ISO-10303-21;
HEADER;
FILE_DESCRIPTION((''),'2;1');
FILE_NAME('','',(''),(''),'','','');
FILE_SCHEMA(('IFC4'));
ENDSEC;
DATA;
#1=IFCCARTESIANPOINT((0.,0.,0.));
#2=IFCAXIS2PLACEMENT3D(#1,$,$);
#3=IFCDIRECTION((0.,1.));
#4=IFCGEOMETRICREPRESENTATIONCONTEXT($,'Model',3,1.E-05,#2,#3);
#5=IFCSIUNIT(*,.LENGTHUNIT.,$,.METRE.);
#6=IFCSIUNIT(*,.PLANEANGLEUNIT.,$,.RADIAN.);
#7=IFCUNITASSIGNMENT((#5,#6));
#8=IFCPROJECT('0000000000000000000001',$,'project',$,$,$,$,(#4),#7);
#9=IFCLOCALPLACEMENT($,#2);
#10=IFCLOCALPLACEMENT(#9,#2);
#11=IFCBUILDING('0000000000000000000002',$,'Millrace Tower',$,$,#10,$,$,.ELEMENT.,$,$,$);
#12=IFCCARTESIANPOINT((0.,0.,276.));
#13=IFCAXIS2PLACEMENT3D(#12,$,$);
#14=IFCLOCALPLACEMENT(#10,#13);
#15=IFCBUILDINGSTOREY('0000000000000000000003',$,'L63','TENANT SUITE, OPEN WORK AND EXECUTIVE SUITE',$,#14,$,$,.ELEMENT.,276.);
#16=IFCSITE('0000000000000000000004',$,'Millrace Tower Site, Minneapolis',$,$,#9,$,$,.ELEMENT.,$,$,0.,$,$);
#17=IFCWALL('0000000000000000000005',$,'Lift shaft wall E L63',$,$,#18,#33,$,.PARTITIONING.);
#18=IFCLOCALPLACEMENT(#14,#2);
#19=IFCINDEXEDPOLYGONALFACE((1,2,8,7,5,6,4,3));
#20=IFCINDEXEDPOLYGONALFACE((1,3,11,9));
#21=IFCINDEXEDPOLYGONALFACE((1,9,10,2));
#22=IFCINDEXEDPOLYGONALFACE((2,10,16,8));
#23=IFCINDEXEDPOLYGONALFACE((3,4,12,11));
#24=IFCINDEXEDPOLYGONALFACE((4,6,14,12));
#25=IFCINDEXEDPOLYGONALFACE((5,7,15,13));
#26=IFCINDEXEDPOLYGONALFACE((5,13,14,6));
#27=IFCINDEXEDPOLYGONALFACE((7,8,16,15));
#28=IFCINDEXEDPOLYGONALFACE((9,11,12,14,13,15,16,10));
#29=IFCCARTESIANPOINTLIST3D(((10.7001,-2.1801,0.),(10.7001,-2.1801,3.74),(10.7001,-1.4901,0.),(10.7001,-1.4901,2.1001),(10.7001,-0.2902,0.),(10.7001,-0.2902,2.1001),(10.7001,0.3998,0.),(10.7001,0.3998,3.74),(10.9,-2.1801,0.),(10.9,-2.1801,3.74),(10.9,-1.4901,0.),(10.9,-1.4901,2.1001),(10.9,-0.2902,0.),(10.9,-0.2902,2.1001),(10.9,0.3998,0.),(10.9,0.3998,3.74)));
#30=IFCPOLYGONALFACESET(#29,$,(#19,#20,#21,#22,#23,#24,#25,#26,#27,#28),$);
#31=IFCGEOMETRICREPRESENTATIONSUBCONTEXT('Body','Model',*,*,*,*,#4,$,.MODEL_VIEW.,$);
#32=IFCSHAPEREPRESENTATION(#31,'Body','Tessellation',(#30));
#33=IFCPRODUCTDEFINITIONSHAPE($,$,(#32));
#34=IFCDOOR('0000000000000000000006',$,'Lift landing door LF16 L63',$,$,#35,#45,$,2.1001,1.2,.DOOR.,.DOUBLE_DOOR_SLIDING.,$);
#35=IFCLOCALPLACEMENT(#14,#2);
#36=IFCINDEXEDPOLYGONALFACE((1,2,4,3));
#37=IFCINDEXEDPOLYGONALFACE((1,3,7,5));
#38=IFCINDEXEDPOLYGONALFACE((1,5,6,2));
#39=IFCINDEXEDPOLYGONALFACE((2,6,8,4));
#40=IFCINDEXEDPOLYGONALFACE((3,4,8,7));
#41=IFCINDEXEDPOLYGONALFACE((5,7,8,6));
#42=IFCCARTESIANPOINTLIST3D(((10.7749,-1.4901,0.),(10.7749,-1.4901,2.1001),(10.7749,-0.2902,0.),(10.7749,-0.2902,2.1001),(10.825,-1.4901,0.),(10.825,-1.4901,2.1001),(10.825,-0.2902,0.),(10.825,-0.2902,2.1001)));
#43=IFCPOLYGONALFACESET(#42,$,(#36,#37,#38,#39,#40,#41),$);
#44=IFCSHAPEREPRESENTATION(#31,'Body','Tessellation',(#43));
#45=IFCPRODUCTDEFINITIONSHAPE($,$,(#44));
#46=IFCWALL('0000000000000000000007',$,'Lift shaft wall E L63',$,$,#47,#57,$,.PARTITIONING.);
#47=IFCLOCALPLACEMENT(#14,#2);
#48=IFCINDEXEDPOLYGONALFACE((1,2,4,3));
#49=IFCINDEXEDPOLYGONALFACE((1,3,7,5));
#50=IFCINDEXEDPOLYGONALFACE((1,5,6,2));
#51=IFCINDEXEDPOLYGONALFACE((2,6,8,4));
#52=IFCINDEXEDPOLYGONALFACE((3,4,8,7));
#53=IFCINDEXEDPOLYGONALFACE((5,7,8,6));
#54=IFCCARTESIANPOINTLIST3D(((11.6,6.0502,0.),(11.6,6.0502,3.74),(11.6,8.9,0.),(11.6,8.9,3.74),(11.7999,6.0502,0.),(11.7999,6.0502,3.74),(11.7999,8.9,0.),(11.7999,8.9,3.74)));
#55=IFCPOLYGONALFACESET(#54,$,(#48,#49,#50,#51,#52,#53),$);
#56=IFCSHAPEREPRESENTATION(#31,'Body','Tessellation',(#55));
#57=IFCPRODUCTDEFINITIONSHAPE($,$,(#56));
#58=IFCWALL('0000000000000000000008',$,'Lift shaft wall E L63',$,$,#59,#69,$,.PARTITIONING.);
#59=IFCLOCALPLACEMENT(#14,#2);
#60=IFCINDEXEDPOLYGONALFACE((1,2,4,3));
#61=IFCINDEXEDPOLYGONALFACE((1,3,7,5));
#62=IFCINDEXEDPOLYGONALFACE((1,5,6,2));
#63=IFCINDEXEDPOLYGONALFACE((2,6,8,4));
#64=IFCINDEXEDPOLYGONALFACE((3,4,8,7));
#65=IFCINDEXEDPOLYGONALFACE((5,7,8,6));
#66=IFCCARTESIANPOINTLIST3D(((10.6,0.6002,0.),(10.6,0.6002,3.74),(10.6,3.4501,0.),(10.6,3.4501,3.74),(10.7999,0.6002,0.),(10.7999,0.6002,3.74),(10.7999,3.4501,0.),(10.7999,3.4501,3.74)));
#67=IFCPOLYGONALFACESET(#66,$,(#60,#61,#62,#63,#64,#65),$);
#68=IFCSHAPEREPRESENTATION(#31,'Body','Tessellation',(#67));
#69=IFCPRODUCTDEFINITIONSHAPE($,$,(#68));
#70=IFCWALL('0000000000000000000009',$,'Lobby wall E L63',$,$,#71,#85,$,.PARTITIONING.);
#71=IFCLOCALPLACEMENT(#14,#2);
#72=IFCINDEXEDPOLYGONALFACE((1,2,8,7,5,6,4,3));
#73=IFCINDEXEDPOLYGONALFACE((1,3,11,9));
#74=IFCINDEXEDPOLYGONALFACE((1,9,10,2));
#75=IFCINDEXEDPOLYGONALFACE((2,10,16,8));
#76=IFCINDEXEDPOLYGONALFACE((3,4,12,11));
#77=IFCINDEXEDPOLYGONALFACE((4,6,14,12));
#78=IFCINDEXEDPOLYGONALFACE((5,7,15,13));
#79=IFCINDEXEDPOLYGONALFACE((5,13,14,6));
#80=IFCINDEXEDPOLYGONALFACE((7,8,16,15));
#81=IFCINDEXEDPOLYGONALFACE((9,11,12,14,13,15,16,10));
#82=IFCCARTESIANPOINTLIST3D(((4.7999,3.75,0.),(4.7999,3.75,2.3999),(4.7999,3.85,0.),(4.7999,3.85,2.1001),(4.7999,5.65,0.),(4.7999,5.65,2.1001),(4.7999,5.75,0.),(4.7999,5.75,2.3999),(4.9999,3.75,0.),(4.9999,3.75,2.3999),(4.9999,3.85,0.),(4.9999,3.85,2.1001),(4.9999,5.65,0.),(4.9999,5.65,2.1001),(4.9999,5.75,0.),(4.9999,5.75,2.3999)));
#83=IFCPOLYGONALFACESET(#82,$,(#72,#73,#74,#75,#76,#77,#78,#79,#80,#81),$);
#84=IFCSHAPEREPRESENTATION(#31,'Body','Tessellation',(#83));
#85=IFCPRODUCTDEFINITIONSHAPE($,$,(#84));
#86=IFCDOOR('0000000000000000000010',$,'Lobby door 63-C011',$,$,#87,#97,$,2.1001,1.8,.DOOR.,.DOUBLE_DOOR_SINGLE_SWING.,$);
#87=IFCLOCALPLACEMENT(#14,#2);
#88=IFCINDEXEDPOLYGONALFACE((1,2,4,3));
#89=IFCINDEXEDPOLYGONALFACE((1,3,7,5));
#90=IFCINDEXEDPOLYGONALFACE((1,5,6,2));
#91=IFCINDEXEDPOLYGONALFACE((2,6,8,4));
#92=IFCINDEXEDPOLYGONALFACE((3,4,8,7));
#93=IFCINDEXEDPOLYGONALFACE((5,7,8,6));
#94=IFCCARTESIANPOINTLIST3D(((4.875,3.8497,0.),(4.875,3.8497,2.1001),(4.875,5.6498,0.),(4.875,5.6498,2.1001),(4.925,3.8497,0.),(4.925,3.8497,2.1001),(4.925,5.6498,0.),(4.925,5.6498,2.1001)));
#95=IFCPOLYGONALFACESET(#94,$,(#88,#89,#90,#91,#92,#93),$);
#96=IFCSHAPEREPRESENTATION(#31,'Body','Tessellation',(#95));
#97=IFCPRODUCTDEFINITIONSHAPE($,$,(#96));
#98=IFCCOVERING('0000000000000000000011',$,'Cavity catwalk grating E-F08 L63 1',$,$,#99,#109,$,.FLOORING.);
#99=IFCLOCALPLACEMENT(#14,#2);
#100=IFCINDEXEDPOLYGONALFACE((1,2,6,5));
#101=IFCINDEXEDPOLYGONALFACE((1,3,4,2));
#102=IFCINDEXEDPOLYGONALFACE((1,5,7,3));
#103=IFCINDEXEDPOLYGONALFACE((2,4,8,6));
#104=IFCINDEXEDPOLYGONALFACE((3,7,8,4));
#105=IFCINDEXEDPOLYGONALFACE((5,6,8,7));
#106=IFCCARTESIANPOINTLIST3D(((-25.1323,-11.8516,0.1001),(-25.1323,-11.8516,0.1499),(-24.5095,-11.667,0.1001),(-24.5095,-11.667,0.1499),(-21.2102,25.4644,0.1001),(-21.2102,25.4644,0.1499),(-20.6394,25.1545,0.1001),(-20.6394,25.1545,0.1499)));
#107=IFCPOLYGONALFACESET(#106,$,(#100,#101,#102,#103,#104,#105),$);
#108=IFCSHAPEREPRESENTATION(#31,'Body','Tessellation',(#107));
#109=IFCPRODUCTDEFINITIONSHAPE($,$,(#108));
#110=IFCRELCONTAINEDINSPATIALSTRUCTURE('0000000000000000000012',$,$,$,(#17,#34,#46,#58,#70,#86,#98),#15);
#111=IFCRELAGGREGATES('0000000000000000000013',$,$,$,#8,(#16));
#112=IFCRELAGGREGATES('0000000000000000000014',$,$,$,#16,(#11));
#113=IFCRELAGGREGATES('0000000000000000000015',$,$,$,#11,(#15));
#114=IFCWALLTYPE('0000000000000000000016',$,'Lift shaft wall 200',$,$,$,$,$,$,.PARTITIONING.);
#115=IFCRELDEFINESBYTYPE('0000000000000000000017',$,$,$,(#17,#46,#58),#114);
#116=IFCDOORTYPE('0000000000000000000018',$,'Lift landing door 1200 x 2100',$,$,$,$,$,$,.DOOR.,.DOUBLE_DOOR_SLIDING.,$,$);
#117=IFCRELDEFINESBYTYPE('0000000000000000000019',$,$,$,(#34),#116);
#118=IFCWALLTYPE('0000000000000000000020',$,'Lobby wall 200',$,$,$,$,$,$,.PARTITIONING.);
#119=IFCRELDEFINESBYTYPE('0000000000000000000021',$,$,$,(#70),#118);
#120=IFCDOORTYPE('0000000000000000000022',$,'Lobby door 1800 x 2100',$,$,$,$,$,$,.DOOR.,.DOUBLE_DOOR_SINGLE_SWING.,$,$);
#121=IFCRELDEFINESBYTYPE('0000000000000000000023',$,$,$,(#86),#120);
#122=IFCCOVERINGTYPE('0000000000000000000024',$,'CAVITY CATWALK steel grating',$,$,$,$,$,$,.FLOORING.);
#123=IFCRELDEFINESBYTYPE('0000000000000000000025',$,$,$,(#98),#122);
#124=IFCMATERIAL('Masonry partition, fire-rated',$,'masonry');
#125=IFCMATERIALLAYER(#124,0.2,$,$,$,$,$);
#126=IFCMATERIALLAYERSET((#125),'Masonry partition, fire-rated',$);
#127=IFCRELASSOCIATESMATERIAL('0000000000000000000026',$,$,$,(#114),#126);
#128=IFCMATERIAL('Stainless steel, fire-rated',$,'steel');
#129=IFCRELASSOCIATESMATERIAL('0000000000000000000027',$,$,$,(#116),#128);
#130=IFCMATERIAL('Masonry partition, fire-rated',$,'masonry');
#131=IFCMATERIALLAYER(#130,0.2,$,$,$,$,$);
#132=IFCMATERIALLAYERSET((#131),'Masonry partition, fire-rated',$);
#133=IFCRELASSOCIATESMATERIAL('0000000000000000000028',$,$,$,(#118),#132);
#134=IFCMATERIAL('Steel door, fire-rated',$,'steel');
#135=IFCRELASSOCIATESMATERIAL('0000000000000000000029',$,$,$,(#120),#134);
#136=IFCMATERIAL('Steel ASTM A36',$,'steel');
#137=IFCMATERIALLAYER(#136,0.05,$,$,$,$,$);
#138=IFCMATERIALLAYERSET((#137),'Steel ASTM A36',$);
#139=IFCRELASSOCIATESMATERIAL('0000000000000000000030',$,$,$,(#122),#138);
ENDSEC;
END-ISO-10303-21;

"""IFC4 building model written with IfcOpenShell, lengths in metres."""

from ifc_helpers import new_model, si_unit, direction, frame, frame_2d, origin, place, context, subcontext, project, spatial, polyline, rectangle, outline, extrude, material, layer, layer_set, type_object, element, fill, save


model = new_model("IFC4")

# Units and contexts
model_context = context("Model", 3, precision=1e-05, world=origin(), true_north=direction((0.0, 1.0)))
body_context = subcontext(model_context, "Body", "Model", "MODEL_VIEW")
ifc_project = project(units=[si_unit("LENGTHUNIT", "METRE"), si_unit("PLANEANGLEUNIT", "RADIAN")], contexts=[model_context])

# Site, building, storey
site_placement = place(None, origin())
site = spatial("IfcSite", under=ifc_project, at=site_placement, Name="Millrace Tower Site, Minneapolis", CompositionType="ELEMENT", RefElevation=0.0)
building_placement = place(site_placement, origin())
building = spatial("IfcBuilding", under=site, at=building_placement, Name="Millrace Tower", CompositionType="ELEMENT")
storey_placement = place(building_placement, frame((0.0, 0.0, 276.0)))
storey = spatial("IfcBuildingStorey", under=building, at=storey_placement, Name="L63", Description="TENANT SUITE, OPEN WORK AND EXECUTIVE SUITE", CompositionType="ELEMENT", Elevation=276.0)

# Wall, opening, door
ifc_material_1 = material(Name="Masonry partition, fire-rated", Category="masonry")
ifc_layer_1 = layer(ifc_material_1, 0.2)
ifc_layer_set_1 = layer_set([ifc_layer_1], Name="Masonry partition, fire-rated")
wall_type_1 = type_object("IfcWallType", Name="Lift shaft wall 200", PredefinedType="PARTITIONING", material=ifc_layer_set_1)
wall_1_placement = place(storey_placement, frame((10.8, 0.3999, 0.0), z_axis=(0.0, 0.0, 1.0), x_axis=(0.0, -1.0, 0.0)))
wall_1 = element("IfcWall", 1, at=wall_1_placement, inside=storey, type_object=wall_type_1, Name="Lift shaft wall E L63", PredefinedType="PARTITIONING", context=body_context, shape_type="SweptSolid", body=[
    extrude(rectangle(XDim=2.5798, YDim=0.2, at=frame_2d((1.29, 0.0))), origin(), (0.0, 0.0, 1.0), 3.74),
])
opening_1_placement = place(wall_1_placement, frame((0.6899, 0.0, 0.0)))
opening_1 = element("IfcOpeningElement", 2, at=opening_1_placement, cuts=wall_1, PredefinedType="OPENING", context=body_context, shape_type="SweptSolid", body=[
    extrude(rectangle(XDim=1.2, YDim=2.1001, at=frame_2d((0.6001, 1.05))), frame((0.0, 0.1099, 0.0), z_axis=(0.0, -1.0, 0.0), x_axis=(1.0, 0.0, 0.0)), (0.0, 0.0, 1.0), 0.22),
])
ifc_material_2 = material(Name="Stainless steel, fire-rated", Category="steel")
door_type_1 = type_object("IfcDoorType", Name="Lift landing door 1200 x 2100", OperationType="DOUBLE_DOOR_SLIDING", PredefinedType="DOOR", material=ifc_material_2)
door_1_placement = place(opening_1_placement, origin())
door_1 = element("IfcDoor", 3, at=door_1_placement, inside=storey, type_object=door_type_1, Name="Lift landing door LF16 L63", OperationType="DOUBLE_DOOR_SLIDING", OverallHeight=2.1001, OverallWidth=1.2, PredefinedType="DOOR", context=body_context, shape_type="SweptSolid", body=[
    extrude(rectangle(XDim=1.2, YDim=2.1001, at=frame_2d((0.6001, 1.05))), frame((0.0, 0.0249, 0.0), z_axis=(0.0, -1.0, 0.0), x_axis=(1.0, 0.0, 0.0)), (0.0, 0.0, 1.0), 0.05),
])
fill(opening_1, door_1)

# Walls
for number, where, z_axis, x_axis, name in (
    (4, (11.7, 8.8999, 0.0), (0.0, 0.0, 1.0), (0.0, -1.0, 0.0), "Lift shaft wall E L63"),
    (5, (10.7, 3.45, 0.0), (0.0, 0.0, 1.0), (0.0, -1.0, 0.0), "Lift shaft wall E L63"),
):
    element("IfcWall", number, at=place(storey_placement, frame(where, z_axis=z_axis, x_axis=x_axis)), inside=storey, type_object=wall_type_1, Name=name, PredefinedType="PARTITIONING", context=body_context, shape_type="SweptSolid", body=[
        extrude(rectangle(XDim=2.8499, YDim=0.2, at=frame_2d((1.4248, 0.0))), origin(), (0.0, 0.0, 1.0), 3.74),
    ])

# Wall, opening, door
ifc_material_3 = material(Name="Masonry partition, fire-rated", Category="masonry")
ifc_layer_2 = layer(ifc_material_3, 0.2)
ifc_layer_set_2 = layer_set([ifc_layer_2], Name="Masonry partition, fire-rated")
wall_type_2 = type_object("IfcWallType", Name="Lobby wall 200", PredefinedType="PARTITIONING", material=ifc_layer_set_2)
wall_2_placement = place(storey_placement, frame((4.8999, 5.75, 0.0), z_axis=(0.0, 0.0, 1.0), x_axis=(0.0, -1.0, 0.0)))
wall_2 = element("IfcWall", 6, at=wall_2_placement, inside=storey, type_object=wall_type_2, Name="Lobby wall E L63", PredefinedType="PARTITIONING", context=body_context, shape_type="SweptSolid", body=[
    extrude(rectangle(XDim=2.0, YDim=0.2, at=frame_2d((1.0, 0.0))), origin(), (0.0, 0.0, 1.0), 2.3999),
])
opening_2_placement = place(wall_2_placement, frame((0.1001, 0.0, 0.0)))
opening_2 = element("IfcOpeningElement", 7, at=opening_2_placement, cuts=wall_2, PredefinedType="OPENING", context=body_context, shape_type="SweptSolid", body=[
    extrude(rectangle(XDim=1.8, YDim=2.1001, at=frame_2d((0.8999, 1.05))), frame((0.0, 0.1099, 0.0), z_axis=(0.0, -1.0, 0.0), x_axis=(1.0, 0.0, 0.0)), (0.0, 0.0, 1.0), 0.22),
])
ifc_material_4 = material(Name="Steel door, fire-rated", Category="steel")
door_type_2 = type_object("IfcDoorType", Name="Lobby door 1800 x 2100", OperationType="DOUBLE_DOOR_SINGLE_SWING", PredefinedType="DOOR", material=ifc_material_4)
door_2_placement = place(opening_2_placement, frame((1.8, 0.0, 0.0), z_axis=(0.0, 0.0, 1.0), x_axis=(-1.0, 0.0, 0.0)))
door_2 = element("IfcDoor", 8, at=door_2_placement, inside=storey, type_object=door_type_2, Name="Lobby door 63-C011", OperationType="DOUBLE_DOOR_SINGLE_SWING", OverallHeight=2.1001, OverallWidth=1.8, PredefinedType="DOOR", context=body_context, shape_type="SweptSolid", body=[
    extrude(rectangle(XDim=1.8, YDim=2.1001, at=frame_2d((0.8999, 1.05))), frame((0.0, 0.0249, 0.0), z_axis=(0.0, -1.0, 0.0), x_axis=(1.0, 0.0, 0.0)), (0.0, 0.0, 1.0), 0.05),
])
fill(opening_2, door_2)

# Covering
ifc_material_5 = material(Name="Steel ASTM A36", Category="steel")
ifc_layer_3 = layer(ifc_material_5, 0.05)
ifc_layer_set_3 = layer_set([ifc_layer_3], Name="Steel ASTM A36")
covering_type = type_object("IfcCoveringType", Name="CAVITY CATWALK steel grating", PredefinedType="FLOORING", material=ifc_layer_set_3)
covering_placement = place(storey_placement, frame((0.0, 0.0, 0.1001)))
element("IfcCovering", 9, at=covering_placement, inside=storey, type_object=covering_type, Name="Cavity catwalk grating E-F08 L63 1", PredefinedType="FLOORING", context=body_context, shape_type="SweptSolid", body=[
    extrude(outline(polyline([(-21.2102, 25.4644), (-25.1323, -11.8516), (-24.5095, -11.667), (-20.6394, 25.1545), (-21.2102, 25.4644)])), origin(), (0.0, 0.0, 1.0), 0.0498),
])

save(model, "model.ifc")
